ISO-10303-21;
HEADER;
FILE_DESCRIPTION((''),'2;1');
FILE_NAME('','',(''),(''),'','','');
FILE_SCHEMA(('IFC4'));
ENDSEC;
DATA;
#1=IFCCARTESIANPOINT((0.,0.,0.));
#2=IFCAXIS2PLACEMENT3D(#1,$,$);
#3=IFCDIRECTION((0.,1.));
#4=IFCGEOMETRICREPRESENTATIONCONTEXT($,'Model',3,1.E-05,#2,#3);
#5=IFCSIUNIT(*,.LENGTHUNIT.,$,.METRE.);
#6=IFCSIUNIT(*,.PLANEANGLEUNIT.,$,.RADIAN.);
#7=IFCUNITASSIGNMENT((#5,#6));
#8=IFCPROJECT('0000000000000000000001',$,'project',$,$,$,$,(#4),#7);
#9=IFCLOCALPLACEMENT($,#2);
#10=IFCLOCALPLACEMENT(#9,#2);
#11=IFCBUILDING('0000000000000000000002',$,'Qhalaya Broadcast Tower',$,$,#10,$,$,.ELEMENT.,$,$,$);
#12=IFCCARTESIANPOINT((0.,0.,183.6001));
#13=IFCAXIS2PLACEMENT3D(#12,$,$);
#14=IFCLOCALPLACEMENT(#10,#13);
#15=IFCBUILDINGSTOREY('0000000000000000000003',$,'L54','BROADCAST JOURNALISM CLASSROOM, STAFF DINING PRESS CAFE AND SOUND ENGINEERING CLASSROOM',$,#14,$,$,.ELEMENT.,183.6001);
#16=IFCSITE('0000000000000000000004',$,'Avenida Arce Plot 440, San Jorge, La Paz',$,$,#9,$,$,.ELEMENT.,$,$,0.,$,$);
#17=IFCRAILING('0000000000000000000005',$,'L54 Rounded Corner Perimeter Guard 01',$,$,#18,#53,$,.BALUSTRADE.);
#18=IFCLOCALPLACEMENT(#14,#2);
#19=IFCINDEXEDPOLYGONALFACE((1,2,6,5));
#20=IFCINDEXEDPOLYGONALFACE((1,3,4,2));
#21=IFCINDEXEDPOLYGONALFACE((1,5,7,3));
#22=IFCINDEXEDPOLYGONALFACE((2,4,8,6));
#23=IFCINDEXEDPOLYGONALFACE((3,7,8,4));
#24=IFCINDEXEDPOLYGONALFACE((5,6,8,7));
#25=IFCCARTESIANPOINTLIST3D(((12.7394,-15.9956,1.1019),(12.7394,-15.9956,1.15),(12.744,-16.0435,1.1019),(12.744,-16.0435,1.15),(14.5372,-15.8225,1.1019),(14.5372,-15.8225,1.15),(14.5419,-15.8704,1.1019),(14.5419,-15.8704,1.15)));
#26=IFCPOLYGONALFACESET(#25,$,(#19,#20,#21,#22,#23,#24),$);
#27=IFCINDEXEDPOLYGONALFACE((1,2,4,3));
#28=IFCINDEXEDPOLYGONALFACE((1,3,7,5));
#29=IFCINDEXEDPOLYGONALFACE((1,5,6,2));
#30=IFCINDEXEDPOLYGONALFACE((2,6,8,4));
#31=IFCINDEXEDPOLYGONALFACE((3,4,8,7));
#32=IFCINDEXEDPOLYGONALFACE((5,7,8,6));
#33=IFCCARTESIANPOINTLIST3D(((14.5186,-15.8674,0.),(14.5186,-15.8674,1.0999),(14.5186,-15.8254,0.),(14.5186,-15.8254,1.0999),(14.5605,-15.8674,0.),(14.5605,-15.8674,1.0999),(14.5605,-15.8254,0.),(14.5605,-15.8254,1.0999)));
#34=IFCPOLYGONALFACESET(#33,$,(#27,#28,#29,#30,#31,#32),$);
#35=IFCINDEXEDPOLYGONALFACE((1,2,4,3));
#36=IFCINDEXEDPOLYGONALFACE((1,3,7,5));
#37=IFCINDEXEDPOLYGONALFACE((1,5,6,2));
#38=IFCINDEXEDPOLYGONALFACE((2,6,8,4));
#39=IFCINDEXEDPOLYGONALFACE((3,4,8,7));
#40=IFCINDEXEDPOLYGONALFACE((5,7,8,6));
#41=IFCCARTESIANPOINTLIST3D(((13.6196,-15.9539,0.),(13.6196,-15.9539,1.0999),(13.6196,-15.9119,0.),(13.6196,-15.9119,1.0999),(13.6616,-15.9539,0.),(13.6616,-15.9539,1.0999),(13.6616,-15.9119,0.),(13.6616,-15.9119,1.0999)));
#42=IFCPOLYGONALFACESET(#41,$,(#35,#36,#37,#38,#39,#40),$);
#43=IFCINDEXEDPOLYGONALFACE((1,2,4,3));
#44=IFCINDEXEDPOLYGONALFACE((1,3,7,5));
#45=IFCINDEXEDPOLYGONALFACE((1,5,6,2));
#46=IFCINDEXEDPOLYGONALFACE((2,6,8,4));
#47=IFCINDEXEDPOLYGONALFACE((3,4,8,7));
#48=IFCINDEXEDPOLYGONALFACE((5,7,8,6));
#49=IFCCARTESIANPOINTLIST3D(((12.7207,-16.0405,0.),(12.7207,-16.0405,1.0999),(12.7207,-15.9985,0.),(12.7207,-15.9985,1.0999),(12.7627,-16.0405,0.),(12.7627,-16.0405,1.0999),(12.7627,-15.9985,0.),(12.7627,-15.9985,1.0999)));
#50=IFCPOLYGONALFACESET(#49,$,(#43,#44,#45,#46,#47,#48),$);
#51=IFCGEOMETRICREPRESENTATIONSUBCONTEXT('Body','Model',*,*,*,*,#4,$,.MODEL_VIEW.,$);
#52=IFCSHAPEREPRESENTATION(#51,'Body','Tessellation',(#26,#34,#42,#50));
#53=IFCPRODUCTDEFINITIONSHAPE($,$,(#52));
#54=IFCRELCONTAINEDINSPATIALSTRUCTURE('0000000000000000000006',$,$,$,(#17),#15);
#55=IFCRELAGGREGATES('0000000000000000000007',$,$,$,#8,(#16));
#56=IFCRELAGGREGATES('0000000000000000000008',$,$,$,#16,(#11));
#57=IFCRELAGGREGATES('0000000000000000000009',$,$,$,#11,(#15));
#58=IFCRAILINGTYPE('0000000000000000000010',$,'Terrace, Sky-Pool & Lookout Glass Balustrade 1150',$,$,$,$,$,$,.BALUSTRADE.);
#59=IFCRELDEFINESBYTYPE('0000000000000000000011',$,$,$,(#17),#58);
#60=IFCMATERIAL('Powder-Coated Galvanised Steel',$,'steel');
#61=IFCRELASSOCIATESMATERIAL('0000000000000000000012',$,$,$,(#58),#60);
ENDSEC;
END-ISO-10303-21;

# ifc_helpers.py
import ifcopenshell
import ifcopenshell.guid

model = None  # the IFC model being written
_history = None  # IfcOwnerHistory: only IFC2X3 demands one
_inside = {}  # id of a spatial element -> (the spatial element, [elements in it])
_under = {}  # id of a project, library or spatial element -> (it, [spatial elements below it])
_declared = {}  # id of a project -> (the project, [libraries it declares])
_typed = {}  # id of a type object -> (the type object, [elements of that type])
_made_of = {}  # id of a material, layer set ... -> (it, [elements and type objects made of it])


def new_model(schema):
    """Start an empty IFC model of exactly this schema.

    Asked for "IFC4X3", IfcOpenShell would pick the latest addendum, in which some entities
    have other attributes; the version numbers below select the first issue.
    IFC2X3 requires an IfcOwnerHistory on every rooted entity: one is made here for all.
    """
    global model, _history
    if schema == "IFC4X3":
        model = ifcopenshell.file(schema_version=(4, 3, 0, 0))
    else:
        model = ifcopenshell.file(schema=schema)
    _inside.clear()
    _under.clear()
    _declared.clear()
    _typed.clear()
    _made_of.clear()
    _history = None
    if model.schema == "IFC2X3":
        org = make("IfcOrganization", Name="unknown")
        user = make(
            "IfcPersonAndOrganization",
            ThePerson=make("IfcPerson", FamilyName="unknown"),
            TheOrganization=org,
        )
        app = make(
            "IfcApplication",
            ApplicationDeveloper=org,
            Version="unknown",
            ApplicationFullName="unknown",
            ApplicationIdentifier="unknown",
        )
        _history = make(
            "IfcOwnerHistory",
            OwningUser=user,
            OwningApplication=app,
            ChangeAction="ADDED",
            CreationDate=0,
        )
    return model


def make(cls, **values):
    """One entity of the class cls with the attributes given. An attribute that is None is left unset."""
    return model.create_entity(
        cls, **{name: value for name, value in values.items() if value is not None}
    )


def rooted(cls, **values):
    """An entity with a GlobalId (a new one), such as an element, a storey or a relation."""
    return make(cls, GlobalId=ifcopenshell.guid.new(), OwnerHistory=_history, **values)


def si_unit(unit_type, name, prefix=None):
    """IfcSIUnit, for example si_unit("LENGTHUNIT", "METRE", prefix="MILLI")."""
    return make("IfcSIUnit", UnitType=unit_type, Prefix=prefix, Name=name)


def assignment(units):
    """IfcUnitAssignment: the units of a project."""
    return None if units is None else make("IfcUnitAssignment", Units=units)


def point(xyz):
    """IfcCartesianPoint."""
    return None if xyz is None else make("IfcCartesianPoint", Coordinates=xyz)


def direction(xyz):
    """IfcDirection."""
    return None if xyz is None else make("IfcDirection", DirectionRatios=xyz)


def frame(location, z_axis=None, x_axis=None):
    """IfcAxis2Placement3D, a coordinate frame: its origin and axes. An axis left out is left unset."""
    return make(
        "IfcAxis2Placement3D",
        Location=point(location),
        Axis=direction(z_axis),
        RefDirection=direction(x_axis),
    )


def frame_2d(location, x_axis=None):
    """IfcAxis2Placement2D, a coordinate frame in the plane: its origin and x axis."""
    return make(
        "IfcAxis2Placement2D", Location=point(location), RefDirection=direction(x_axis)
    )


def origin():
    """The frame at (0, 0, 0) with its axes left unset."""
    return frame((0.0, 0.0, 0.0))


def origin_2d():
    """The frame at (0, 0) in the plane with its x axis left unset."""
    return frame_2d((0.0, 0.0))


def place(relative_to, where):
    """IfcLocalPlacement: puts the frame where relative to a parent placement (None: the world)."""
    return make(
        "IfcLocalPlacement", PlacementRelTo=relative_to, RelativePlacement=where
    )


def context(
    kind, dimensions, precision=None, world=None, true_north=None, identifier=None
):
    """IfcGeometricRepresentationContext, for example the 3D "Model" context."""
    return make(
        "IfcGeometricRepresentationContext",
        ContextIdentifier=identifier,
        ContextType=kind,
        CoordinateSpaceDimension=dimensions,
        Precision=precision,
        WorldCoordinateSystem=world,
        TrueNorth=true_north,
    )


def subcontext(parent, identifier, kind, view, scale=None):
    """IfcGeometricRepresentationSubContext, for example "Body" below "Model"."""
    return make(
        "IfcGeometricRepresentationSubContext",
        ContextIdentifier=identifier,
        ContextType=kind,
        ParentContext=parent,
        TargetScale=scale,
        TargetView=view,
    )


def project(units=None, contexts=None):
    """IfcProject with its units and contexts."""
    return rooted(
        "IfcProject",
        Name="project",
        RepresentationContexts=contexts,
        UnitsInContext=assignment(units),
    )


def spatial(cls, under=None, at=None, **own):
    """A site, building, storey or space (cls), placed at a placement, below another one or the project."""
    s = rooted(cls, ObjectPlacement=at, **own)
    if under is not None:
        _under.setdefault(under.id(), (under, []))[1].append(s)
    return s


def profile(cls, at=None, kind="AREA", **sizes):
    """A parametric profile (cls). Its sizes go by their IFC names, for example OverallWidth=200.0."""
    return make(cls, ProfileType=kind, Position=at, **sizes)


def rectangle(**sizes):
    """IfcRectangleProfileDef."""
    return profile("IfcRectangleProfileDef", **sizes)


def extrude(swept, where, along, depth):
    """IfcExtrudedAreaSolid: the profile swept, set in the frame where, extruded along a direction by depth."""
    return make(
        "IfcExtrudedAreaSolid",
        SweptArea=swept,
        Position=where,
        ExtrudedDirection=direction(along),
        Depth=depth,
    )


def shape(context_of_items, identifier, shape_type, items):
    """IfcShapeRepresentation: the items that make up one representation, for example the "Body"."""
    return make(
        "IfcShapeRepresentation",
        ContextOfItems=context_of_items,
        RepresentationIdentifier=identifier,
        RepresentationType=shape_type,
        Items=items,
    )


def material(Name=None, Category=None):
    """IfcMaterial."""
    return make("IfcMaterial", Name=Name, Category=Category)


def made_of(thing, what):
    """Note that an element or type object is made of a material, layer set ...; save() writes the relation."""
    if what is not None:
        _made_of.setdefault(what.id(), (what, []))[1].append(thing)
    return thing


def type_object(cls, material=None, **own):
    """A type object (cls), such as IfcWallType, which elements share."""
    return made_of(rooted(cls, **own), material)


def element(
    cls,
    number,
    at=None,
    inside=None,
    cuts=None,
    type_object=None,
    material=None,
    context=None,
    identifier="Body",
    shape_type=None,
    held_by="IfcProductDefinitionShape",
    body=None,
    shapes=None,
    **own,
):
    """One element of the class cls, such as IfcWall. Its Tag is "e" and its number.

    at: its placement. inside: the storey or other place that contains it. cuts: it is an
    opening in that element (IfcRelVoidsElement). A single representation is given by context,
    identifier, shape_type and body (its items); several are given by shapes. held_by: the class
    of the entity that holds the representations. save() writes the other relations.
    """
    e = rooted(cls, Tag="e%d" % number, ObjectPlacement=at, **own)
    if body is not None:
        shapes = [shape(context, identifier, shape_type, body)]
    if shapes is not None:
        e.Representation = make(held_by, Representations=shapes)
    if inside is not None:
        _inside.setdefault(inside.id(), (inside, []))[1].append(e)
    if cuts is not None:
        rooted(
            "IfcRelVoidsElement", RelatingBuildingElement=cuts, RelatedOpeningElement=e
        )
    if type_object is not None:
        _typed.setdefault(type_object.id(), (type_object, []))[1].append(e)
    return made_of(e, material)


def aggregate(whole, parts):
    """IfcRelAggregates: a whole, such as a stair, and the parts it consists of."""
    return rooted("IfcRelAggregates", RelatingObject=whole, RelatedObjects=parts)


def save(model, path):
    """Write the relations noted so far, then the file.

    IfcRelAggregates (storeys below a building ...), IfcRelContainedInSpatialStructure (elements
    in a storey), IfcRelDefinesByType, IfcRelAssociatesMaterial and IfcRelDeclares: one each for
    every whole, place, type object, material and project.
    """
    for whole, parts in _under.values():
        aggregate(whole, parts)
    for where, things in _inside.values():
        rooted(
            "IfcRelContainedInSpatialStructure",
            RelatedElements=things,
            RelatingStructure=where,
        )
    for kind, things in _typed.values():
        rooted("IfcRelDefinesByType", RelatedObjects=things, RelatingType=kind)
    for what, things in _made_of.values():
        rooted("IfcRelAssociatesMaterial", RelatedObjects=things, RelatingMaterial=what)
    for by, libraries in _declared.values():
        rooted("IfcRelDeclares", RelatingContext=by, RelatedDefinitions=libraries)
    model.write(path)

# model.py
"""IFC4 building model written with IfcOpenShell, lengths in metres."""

from ifc_helpers import new_model, si_unit, direction, frame, origin, origin_2d, place, context, subcontext, project, spatial, rectangle, extrude, material, type_object, element, save


model = new_model("IFC4")

# Units and contexts
model_context = context("Model", 3, precision=1e-05, world=origin(), true_north=direction((0.0, 1.0)))
body_context = subcontext(model_context, "Body", "Model", "MODEL_VIEW")
ifc_project = project(units=[si_unit("LENGTHUNIT", "METRE"), si_unit("PLANEANGLEUNIT", "RADIAN")], contexts=[model_context])

# Site, building, storey
site_placement = place(None, origin())
site = spatial("IfcSite", under=ifc_project, at=site_placement, Name="Avenida Arce Plot 440, San Jorge, La Paz", CompositionType="ELEMENT", RefElevation=0.0)
building_placement = place(site_placement, origin())
building = spatial("IfcBuilding", under=site, at=building_placement, Name="Qhalaya Broadcast Tower", CompositionType="ELEMENT")
storey_placement = place(building_placement, frame((0.0, 0.0, 183.6001)))
storey = spatial("IfcBuildingStorey", under=building, at=storey_placement, Name="L54", Description="BROADCAST JOURNALISM CLASSROOM, STAFF DINING PRESS CAFE AND SOUND ENGINEERING CLASSROOM", CompositionType="ELEMENT", Elevation=183.6001)

# Railing
ifc_material_1 = material(Name="Powder-Coated Galvanised Steel", Category="steel")
railing_type = type_object("IfcRailingType", Name="Terrace, Sky-Pool & Lookout Glass Balustrade 1150", PredefinedType="BALUSTRADE", material=ifc_material_1)
railing_placement = place(storey_placement, frame((14.5396, -15.8464, 0.0)))
element("IfcRailing", 1, at=railing_placement, inside=storey, type_object=railing_type, Name="L54 Rounded Corner Perimeter Guard 01", PredefinedType="BALUSTRADE", context=body_context, shape_type="SweptSolid", body=[
    extrude(rectangle(XDim=0.0481, YDim=0.0481, at=origin_2d()), frame((0.0, 0.0, 1.126), z_axis=(-0.995397, -0.095836, 0.0), x_axis=(0.095836, -0.995397, 0.0)), (0.0, 0.0, 1.0), 1.8062),
    extrude(rectangle(XDim=0.042, YDim=0.042, at=origin_2d()), origin(), (0.0, 0.0, 1.0), 1.0999),
    extrude(rectangle(XDim=0.042, YDim=0.042, at=origin_2d()), frame((-0.8989, -0.0864, 0.0)), (0.0, 0.0, 1.0), 1.0999),
    extrude(rectangle(XDim=0.042, YDim=0.042, at=origin_2d()), frame((-1.7979, -0.1731, 0.0)), (0.0, 0.0, 1.0), 1.0999),
])

save(model, "model.ifc")
